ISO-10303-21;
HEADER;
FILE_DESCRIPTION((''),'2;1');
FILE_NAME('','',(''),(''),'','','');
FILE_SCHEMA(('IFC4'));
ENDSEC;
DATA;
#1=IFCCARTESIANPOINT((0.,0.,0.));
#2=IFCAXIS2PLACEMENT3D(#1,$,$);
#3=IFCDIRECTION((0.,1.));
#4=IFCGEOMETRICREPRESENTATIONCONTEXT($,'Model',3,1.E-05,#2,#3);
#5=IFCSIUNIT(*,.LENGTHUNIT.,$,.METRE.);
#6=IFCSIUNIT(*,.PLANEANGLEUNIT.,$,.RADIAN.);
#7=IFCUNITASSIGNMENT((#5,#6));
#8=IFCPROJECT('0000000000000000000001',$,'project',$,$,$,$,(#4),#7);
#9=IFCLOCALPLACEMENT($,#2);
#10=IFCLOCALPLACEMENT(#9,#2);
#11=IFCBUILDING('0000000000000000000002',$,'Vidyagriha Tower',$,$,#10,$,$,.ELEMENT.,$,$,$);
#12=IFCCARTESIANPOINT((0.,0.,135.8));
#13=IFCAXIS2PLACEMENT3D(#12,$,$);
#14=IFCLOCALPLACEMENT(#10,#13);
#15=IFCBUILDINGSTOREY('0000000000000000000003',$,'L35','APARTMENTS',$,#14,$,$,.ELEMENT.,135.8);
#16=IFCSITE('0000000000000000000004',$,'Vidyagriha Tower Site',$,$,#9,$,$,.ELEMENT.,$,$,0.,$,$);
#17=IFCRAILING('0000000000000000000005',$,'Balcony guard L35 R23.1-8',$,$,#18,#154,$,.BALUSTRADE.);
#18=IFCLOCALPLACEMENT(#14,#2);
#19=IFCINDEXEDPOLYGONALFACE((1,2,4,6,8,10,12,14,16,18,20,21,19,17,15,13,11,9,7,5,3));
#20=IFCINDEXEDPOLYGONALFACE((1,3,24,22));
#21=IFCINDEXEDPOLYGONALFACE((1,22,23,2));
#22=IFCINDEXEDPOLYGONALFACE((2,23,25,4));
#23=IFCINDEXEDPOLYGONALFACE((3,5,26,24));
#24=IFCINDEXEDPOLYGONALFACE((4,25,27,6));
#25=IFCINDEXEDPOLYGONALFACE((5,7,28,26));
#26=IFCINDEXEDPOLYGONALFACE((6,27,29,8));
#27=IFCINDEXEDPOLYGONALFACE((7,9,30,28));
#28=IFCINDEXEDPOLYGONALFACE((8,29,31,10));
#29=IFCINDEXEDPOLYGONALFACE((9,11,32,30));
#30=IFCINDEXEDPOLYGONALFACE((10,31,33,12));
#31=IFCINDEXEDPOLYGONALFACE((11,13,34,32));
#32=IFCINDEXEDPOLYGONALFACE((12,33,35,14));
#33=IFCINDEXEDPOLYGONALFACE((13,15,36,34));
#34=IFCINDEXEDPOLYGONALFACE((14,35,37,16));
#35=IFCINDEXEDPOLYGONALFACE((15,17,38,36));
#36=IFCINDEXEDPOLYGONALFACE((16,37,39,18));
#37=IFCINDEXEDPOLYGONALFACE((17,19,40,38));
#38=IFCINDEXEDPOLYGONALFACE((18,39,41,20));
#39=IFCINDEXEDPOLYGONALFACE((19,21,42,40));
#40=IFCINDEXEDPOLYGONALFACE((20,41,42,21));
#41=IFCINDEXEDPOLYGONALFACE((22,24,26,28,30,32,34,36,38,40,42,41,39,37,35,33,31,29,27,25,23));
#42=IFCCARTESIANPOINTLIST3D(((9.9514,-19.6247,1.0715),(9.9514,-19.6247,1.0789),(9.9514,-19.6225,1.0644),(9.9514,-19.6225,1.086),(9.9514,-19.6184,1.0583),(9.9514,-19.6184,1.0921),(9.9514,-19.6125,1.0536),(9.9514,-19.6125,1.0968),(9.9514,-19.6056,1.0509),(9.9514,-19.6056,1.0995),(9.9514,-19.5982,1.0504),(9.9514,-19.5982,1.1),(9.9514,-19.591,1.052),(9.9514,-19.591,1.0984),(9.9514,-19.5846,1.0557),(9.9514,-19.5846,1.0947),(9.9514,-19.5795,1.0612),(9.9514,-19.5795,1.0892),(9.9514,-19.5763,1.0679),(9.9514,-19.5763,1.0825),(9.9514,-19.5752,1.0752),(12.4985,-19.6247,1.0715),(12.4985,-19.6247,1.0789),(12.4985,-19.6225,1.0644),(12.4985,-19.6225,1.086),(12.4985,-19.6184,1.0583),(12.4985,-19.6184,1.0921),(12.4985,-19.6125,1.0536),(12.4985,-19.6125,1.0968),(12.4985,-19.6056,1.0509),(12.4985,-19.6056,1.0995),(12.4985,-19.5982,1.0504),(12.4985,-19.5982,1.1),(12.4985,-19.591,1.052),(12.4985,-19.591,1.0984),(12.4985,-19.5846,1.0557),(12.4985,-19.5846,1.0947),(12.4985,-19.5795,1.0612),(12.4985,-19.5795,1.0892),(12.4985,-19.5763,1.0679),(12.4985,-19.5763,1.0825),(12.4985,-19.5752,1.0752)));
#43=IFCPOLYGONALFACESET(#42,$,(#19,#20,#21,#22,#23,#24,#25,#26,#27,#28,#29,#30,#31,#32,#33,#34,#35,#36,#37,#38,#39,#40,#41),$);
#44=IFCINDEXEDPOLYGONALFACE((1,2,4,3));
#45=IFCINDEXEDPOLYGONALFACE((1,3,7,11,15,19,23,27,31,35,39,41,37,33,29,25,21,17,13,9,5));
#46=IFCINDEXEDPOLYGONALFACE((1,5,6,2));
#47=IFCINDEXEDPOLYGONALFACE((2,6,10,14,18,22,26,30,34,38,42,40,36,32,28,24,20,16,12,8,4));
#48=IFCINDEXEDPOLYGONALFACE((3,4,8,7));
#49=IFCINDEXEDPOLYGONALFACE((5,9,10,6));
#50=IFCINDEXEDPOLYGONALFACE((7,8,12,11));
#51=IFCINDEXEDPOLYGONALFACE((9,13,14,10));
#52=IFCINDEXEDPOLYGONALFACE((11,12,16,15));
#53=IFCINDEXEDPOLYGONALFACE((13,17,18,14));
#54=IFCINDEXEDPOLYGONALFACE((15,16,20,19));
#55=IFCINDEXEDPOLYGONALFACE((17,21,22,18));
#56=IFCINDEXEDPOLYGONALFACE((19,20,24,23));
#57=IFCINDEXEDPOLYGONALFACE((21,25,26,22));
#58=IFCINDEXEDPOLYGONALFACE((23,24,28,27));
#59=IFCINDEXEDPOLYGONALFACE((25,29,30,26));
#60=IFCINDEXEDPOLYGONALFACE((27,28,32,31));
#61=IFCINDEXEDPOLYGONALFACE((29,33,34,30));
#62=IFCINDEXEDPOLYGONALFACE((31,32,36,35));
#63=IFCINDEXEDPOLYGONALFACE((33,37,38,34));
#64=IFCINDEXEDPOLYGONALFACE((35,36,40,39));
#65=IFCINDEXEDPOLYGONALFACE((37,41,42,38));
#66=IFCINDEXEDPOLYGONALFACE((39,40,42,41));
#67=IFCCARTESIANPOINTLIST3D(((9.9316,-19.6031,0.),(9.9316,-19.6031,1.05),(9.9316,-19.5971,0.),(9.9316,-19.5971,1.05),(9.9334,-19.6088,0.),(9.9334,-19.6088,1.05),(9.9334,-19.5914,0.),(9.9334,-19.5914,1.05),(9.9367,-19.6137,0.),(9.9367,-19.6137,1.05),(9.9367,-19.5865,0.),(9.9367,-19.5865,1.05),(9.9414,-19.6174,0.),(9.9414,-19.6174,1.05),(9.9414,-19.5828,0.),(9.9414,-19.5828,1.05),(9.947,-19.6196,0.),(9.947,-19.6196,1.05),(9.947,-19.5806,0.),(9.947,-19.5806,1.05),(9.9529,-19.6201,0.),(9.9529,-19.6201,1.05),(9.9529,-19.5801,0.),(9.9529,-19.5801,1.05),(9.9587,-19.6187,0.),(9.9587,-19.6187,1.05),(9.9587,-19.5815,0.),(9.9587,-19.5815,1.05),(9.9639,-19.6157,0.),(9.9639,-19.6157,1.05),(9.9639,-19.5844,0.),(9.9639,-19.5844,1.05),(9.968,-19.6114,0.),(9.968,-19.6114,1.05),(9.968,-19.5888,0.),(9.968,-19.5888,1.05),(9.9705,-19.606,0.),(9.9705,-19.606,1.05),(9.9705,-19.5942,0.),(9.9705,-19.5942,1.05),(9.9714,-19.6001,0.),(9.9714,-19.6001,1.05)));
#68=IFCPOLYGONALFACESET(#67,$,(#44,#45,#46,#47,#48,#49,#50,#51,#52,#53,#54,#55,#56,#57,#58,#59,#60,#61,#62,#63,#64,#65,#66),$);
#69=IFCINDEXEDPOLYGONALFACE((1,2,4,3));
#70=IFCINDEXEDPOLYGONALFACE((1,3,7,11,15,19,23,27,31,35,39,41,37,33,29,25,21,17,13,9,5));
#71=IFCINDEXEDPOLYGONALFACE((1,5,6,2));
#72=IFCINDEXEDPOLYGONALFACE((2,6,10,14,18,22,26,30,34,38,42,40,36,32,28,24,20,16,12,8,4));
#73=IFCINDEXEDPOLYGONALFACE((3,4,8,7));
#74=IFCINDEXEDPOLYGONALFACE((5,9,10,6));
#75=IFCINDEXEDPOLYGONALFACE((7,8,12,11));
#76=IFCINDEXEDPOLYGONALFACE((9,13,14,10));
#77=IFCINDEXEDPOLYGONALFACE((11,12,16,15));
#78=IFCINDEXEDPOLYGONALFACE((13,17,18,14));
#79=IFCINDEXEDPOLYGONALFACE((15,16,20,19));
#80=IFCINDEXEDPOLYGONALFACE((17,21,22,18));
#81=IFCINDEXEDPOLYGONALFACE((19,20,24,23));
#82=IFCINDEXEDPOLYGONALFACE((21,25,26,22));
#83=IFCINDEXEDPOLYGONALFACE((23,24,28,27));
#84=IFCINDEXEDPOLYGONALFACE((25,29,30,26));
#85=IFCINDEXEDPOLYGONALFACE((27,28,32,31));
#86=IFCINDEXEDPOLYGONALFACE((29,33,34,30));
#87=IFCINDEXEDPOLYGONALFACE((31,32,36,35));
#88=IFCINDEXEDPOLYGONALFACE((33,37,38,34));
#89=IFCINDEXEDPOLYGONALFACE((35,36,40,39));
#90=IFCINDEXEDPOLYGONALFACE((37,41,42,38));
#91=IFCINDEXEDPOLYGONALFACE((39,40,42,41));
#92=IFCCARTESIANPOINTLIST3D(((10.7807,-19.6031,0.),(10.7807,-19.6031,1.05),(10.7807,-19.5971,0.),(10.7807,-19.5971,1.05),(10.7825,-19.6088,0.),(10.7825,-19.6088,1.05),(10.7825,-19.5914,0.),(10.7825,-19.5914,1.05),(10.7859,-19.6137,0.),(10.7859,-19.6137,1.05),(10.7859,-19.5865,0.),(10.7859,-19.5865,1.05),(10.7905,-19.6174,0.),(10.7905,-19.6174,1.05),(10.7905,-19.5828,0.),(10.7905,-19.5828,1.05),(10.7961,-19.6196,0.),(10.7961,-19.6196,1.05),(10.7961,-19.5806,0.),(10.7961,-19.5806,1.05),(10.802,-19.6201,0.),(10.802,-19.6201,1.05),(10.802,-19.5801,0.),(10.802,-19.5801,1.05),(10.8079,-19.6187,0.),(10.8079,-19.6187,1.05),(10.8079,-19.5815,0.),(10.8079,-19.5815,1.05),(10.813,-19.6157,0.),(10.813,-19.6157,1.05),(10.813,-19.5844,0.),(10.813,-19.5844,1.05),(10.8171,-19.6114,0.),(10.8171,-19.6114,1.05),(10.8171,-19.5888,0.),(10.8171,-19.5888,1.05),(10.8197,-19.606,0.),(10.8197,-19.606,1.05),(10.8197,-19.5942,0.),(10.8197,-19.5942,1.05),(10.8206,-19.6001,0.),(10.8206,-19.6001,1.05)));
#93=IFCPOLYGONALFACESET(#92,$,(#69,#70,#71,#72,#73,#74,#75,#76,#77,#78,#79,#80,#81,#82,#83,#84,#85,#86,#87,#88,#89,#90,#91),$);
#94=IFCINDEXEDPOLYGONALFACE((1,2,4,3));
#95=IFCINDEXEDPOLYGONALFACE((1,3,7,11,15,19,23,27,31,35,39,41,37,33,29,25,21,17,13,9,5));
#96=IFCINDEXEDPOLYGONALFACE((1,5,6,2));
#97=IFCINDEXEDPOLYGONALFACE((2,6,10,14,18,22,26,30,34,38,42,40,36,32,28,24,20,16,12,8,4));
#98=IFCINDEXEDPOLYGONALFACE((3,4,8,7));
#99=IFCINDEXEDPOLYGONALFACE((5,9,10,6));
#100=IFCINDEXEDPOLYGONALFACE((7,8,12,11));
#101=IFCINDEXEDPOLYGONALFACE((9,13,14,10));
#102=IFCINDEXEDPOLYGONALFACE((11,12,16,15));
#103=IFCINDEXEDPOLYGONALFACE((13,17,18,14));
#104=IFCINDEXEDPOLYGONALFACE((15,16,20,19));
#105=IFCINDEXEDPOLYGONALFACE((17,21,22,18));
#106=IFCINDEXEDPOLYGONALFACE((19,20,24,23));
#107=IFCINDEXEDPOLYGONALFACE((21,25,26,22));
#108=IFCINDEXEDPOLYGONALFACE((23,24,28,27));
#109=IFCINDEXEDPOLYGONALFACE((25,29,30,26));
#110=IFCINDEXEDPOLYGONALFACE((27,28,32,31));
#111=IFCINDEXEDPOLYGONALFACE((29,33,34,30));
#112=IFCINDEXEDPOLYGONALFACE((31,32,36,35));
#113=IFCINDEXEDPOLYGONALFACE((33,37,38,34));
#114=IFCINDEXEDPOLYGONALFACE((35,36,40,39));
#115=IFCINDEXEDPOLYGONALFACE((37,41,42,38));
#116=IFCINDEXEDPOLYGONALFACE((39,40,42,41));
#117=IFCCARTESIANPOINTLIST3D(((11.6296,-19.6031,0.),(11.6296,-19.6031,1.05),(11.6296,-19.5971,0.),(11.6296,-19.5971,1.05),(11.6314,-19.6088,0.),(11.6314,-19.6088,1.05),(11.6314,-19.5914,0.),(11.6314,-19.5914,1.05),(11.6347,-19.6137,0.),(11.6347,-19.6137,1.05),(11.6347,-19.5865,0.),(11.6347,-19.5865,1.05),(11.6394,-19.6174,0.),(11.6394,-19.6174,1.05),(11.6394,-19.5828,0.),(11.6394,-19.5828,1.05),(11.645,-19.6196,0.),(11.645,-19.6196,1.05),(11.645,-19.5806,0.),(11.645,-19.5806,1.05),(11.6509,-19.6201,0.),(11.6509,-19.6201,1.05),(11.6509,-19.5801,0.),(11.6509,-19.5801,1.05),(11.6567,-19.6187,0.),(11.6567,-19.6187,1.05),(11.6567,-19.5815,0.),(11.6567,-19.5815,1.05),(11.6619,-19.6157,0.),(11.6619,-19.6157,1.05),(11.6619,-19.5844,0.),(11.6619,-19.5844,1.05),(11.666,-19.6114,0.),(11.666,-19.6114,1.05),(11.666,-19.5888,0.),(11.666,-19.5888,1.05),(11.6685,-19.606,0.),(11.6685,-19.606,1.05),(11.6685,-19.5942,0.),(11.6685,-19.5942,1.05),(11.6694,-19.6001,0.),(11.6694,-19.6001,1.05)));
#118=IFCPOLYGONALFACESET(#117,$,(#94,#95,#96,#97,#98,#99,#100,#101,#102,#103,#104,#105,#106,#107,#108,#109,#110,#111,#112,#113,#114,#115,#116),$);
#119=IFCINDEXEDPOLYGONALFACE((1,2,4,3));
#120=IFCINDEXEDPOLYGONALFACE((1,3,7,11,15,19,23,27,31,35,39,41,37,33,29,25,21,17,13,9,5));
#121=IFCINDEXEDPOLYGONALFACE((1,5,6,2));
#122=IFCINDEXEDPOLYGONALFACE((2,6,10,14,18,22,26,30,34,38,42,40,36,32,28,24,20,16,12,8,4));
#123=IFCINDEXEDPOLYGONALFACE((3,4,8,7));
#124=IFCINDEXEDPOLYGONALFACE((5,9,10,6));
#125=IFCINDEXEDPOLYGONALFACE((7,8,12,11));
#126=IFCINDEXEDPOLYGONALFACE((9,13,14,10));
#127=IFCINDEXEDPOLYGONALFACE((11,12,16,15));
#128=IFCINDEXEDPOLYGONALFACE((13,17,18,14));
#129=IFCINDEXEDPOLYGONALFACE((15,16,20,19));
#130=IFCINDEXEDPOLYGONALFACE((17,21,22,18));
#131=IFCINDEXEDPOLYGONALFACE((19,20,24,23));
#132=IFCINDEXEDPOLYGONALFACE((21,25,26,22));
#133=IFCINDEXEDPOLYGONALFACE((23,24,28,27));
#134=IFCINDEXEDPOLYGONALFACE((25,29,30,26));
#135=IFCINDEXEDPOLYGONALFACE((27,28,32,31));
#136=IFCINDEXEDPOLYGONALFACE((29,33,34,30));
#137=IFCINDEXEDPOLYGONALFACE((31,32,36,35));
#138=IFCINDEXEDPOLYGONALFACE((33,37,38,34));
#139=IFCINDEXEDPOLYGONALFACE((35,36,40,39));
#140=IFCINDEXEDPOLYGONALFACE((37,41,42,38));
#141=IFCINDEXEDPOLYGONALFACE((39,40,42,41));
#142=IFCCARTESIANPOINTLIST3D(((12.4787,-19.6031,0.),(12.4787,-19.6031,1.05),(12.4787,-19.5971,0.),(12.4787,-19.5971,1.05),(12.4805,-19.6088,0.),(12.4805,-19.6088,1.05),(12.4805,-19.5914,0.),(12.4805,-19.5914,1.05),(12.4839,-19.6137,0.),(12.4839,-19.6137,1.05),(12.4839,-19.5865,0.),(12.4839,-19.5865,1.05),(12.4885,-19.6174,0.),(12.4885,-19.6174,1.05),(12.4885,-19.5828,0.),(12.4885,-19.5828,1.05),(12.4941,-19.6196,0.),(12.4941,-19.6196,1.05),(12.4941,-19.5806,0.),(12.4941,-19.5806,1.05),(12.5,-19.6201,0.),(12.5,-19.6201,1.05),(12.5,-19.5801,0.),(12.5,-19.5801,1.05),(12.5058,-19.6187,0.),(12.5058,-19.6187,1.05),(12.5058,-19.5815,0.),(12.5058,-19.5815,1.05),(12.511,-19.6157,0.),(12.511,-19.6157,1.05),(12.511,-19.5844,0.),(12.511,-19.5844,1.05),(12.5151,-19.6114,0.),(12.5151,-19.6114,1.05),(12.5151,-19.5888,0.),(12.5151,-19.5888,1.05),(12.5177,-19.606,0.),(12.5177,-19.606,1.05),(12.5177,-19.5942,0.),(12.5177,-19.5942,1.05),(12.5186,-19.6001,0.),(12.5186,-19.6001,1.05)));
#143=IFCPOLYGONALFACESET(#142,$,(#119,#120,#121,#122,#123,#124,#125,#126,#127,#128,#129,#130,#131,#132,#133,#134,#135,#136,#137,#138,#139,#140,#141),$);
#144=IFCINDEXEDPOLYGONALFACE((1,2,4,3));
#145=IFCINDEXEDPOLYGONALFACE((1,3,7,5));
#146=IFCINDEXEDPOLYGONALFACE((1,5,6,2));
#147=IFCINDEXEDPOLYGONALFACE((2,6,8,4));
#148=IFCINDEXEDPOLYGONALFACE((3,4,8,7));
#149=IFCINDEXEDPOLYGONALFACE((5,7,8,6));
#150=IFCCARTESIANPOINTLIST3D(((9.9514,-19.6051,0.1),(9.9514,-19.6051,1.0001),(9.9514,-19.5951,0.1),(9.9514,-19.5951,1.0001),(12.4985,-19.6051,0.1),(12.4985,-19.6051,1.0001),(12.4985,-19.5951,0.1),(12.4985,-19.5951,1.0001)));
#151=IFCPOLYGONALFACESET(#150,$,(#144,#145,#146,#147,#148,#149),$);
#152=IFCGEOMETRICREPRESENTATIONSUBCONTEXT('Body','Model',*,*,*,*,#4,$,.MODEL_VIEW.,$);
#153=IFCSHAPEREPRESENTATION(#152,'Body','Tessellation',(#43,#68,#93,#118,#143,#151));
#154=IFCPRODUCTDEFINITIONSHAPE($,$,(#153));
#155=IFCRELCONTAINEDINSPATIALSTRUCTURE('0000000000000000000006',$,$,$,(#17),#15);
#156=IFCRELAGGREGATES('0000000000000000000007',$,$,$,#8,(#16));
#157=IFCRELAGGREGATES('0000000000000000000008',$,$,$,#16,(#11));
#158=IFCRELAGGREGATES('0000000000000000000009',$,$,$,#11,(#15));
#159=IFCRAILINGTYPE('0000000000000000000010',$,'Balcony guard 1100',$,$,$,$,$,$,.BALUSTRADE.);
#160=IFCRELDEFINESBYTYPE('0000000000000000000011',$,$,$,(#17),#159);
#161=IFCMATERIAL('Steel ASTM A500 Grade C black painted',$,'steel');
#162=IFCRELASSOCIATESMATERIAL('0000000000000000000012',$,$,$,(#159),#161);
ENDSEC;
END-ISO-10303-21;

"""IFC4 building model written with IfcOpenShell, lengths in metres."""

from ifc_helpers import new_model, si_unit, direction, frame, origin, origin_2d, place, context, subcontext, project, spatial, rectangle, circle, extrude, material, type_object, element, save


model = new_model("IFC4")

# Units and contexts
model_context = context("Model", 3, precision=1e-05, world=origin(), true_north=direction((0.0, 1.0)))
body_context = subcontext(model_context, "Body", "Model", "MODEL_VIEW")
ifc_project = project(units=[si_unit("LENGTHUNIT", "METRE"), si_unit("PLANEANGLEUNIT", "RADIAN")], contexts=[model_context])

# Site, building, storey
site_placement = place(None, origin())
site = spatial("IfcSite", under=ifc_project, at=site_placement, Name="Vidyagriha Tower Site", CompositionType="ELEMENT", RefElevation=0.0)
building_placement = place(site_placement, origin())
building = spatial("IfcBuilding", under=site, at=building_placement, Name="Vidyagriha Tower", CompositionType="ELEMENT")
storey_placement = place(building_placement, frame((0.0, 0.0, 135.8)))
storey = spatial("IfcBuildingStorey", under=building, at=storey_placement, Name="L35", Description="APARTMENTS", CompositionType="ELEMENT", Elevation=135.8)

# Railing
ifc_material_1 = material(Name="Steel ASTM A500 Grade C black painted", Category="steel")
railing_type = type_object("IfcRailingType", Name="Balcony guard 1100", PredefinedType="BALUSTRADE", material=ifc_material_1)
railing_1_placement = place(storey_placement, frame((9.9514, -19.6001, 0.0)))
element("IfcRailing", 1, at=railing_1_placement, inside=storey, type_object=railing_type, Name="Balcony guard L35 R23.1-8", PredefinedType="BALUSTRADE", context=body_context, shape_type="SweptSolid", body=[
    extrude(circle(Radius=0.0249, at=origin_2d()), frame((0.0, 0.0, 1.0752), z_axis=(1.0, 0.0, 0.0), x_axis=(0.0, 1.0, 0.0)), (0.0, 0.0, 1.0), 2.5471),
    extrude(circle(Radius=0.02, at=origin_2d()), origin(), (0.0, 0.0, 1.0), 1.05),
    extrude(circle(Radius=0.02, at=origin_2d()), frame((0.8491, 0.0, 0.0)), (0.0, 0.0, 1.0), 1.05),
    extrude(circle(Radius=0.02, at=origin_2d()), frame((1.698, 0.0, 0.0)), (0.0, 0.0, 1.0), 1.05),
    extrude(circle(Radius=0.02, at=origin_2d()), frame((2.5471, 0.0, 0.0)), (0.0, 0.0, 1.0), 1.05),
    extrude(rectangle(XDim=0.01, YDim=0.9001, at=origin_2d()), frame((0.0, 0.0, 0.55), z_axis=(1.0, 0.0, 0.0), x_axis=(0.0, 1.0, 0.0)), (0.0, 0.0, 1.0), 2.5471),
])

save(model, "model.ifc")
